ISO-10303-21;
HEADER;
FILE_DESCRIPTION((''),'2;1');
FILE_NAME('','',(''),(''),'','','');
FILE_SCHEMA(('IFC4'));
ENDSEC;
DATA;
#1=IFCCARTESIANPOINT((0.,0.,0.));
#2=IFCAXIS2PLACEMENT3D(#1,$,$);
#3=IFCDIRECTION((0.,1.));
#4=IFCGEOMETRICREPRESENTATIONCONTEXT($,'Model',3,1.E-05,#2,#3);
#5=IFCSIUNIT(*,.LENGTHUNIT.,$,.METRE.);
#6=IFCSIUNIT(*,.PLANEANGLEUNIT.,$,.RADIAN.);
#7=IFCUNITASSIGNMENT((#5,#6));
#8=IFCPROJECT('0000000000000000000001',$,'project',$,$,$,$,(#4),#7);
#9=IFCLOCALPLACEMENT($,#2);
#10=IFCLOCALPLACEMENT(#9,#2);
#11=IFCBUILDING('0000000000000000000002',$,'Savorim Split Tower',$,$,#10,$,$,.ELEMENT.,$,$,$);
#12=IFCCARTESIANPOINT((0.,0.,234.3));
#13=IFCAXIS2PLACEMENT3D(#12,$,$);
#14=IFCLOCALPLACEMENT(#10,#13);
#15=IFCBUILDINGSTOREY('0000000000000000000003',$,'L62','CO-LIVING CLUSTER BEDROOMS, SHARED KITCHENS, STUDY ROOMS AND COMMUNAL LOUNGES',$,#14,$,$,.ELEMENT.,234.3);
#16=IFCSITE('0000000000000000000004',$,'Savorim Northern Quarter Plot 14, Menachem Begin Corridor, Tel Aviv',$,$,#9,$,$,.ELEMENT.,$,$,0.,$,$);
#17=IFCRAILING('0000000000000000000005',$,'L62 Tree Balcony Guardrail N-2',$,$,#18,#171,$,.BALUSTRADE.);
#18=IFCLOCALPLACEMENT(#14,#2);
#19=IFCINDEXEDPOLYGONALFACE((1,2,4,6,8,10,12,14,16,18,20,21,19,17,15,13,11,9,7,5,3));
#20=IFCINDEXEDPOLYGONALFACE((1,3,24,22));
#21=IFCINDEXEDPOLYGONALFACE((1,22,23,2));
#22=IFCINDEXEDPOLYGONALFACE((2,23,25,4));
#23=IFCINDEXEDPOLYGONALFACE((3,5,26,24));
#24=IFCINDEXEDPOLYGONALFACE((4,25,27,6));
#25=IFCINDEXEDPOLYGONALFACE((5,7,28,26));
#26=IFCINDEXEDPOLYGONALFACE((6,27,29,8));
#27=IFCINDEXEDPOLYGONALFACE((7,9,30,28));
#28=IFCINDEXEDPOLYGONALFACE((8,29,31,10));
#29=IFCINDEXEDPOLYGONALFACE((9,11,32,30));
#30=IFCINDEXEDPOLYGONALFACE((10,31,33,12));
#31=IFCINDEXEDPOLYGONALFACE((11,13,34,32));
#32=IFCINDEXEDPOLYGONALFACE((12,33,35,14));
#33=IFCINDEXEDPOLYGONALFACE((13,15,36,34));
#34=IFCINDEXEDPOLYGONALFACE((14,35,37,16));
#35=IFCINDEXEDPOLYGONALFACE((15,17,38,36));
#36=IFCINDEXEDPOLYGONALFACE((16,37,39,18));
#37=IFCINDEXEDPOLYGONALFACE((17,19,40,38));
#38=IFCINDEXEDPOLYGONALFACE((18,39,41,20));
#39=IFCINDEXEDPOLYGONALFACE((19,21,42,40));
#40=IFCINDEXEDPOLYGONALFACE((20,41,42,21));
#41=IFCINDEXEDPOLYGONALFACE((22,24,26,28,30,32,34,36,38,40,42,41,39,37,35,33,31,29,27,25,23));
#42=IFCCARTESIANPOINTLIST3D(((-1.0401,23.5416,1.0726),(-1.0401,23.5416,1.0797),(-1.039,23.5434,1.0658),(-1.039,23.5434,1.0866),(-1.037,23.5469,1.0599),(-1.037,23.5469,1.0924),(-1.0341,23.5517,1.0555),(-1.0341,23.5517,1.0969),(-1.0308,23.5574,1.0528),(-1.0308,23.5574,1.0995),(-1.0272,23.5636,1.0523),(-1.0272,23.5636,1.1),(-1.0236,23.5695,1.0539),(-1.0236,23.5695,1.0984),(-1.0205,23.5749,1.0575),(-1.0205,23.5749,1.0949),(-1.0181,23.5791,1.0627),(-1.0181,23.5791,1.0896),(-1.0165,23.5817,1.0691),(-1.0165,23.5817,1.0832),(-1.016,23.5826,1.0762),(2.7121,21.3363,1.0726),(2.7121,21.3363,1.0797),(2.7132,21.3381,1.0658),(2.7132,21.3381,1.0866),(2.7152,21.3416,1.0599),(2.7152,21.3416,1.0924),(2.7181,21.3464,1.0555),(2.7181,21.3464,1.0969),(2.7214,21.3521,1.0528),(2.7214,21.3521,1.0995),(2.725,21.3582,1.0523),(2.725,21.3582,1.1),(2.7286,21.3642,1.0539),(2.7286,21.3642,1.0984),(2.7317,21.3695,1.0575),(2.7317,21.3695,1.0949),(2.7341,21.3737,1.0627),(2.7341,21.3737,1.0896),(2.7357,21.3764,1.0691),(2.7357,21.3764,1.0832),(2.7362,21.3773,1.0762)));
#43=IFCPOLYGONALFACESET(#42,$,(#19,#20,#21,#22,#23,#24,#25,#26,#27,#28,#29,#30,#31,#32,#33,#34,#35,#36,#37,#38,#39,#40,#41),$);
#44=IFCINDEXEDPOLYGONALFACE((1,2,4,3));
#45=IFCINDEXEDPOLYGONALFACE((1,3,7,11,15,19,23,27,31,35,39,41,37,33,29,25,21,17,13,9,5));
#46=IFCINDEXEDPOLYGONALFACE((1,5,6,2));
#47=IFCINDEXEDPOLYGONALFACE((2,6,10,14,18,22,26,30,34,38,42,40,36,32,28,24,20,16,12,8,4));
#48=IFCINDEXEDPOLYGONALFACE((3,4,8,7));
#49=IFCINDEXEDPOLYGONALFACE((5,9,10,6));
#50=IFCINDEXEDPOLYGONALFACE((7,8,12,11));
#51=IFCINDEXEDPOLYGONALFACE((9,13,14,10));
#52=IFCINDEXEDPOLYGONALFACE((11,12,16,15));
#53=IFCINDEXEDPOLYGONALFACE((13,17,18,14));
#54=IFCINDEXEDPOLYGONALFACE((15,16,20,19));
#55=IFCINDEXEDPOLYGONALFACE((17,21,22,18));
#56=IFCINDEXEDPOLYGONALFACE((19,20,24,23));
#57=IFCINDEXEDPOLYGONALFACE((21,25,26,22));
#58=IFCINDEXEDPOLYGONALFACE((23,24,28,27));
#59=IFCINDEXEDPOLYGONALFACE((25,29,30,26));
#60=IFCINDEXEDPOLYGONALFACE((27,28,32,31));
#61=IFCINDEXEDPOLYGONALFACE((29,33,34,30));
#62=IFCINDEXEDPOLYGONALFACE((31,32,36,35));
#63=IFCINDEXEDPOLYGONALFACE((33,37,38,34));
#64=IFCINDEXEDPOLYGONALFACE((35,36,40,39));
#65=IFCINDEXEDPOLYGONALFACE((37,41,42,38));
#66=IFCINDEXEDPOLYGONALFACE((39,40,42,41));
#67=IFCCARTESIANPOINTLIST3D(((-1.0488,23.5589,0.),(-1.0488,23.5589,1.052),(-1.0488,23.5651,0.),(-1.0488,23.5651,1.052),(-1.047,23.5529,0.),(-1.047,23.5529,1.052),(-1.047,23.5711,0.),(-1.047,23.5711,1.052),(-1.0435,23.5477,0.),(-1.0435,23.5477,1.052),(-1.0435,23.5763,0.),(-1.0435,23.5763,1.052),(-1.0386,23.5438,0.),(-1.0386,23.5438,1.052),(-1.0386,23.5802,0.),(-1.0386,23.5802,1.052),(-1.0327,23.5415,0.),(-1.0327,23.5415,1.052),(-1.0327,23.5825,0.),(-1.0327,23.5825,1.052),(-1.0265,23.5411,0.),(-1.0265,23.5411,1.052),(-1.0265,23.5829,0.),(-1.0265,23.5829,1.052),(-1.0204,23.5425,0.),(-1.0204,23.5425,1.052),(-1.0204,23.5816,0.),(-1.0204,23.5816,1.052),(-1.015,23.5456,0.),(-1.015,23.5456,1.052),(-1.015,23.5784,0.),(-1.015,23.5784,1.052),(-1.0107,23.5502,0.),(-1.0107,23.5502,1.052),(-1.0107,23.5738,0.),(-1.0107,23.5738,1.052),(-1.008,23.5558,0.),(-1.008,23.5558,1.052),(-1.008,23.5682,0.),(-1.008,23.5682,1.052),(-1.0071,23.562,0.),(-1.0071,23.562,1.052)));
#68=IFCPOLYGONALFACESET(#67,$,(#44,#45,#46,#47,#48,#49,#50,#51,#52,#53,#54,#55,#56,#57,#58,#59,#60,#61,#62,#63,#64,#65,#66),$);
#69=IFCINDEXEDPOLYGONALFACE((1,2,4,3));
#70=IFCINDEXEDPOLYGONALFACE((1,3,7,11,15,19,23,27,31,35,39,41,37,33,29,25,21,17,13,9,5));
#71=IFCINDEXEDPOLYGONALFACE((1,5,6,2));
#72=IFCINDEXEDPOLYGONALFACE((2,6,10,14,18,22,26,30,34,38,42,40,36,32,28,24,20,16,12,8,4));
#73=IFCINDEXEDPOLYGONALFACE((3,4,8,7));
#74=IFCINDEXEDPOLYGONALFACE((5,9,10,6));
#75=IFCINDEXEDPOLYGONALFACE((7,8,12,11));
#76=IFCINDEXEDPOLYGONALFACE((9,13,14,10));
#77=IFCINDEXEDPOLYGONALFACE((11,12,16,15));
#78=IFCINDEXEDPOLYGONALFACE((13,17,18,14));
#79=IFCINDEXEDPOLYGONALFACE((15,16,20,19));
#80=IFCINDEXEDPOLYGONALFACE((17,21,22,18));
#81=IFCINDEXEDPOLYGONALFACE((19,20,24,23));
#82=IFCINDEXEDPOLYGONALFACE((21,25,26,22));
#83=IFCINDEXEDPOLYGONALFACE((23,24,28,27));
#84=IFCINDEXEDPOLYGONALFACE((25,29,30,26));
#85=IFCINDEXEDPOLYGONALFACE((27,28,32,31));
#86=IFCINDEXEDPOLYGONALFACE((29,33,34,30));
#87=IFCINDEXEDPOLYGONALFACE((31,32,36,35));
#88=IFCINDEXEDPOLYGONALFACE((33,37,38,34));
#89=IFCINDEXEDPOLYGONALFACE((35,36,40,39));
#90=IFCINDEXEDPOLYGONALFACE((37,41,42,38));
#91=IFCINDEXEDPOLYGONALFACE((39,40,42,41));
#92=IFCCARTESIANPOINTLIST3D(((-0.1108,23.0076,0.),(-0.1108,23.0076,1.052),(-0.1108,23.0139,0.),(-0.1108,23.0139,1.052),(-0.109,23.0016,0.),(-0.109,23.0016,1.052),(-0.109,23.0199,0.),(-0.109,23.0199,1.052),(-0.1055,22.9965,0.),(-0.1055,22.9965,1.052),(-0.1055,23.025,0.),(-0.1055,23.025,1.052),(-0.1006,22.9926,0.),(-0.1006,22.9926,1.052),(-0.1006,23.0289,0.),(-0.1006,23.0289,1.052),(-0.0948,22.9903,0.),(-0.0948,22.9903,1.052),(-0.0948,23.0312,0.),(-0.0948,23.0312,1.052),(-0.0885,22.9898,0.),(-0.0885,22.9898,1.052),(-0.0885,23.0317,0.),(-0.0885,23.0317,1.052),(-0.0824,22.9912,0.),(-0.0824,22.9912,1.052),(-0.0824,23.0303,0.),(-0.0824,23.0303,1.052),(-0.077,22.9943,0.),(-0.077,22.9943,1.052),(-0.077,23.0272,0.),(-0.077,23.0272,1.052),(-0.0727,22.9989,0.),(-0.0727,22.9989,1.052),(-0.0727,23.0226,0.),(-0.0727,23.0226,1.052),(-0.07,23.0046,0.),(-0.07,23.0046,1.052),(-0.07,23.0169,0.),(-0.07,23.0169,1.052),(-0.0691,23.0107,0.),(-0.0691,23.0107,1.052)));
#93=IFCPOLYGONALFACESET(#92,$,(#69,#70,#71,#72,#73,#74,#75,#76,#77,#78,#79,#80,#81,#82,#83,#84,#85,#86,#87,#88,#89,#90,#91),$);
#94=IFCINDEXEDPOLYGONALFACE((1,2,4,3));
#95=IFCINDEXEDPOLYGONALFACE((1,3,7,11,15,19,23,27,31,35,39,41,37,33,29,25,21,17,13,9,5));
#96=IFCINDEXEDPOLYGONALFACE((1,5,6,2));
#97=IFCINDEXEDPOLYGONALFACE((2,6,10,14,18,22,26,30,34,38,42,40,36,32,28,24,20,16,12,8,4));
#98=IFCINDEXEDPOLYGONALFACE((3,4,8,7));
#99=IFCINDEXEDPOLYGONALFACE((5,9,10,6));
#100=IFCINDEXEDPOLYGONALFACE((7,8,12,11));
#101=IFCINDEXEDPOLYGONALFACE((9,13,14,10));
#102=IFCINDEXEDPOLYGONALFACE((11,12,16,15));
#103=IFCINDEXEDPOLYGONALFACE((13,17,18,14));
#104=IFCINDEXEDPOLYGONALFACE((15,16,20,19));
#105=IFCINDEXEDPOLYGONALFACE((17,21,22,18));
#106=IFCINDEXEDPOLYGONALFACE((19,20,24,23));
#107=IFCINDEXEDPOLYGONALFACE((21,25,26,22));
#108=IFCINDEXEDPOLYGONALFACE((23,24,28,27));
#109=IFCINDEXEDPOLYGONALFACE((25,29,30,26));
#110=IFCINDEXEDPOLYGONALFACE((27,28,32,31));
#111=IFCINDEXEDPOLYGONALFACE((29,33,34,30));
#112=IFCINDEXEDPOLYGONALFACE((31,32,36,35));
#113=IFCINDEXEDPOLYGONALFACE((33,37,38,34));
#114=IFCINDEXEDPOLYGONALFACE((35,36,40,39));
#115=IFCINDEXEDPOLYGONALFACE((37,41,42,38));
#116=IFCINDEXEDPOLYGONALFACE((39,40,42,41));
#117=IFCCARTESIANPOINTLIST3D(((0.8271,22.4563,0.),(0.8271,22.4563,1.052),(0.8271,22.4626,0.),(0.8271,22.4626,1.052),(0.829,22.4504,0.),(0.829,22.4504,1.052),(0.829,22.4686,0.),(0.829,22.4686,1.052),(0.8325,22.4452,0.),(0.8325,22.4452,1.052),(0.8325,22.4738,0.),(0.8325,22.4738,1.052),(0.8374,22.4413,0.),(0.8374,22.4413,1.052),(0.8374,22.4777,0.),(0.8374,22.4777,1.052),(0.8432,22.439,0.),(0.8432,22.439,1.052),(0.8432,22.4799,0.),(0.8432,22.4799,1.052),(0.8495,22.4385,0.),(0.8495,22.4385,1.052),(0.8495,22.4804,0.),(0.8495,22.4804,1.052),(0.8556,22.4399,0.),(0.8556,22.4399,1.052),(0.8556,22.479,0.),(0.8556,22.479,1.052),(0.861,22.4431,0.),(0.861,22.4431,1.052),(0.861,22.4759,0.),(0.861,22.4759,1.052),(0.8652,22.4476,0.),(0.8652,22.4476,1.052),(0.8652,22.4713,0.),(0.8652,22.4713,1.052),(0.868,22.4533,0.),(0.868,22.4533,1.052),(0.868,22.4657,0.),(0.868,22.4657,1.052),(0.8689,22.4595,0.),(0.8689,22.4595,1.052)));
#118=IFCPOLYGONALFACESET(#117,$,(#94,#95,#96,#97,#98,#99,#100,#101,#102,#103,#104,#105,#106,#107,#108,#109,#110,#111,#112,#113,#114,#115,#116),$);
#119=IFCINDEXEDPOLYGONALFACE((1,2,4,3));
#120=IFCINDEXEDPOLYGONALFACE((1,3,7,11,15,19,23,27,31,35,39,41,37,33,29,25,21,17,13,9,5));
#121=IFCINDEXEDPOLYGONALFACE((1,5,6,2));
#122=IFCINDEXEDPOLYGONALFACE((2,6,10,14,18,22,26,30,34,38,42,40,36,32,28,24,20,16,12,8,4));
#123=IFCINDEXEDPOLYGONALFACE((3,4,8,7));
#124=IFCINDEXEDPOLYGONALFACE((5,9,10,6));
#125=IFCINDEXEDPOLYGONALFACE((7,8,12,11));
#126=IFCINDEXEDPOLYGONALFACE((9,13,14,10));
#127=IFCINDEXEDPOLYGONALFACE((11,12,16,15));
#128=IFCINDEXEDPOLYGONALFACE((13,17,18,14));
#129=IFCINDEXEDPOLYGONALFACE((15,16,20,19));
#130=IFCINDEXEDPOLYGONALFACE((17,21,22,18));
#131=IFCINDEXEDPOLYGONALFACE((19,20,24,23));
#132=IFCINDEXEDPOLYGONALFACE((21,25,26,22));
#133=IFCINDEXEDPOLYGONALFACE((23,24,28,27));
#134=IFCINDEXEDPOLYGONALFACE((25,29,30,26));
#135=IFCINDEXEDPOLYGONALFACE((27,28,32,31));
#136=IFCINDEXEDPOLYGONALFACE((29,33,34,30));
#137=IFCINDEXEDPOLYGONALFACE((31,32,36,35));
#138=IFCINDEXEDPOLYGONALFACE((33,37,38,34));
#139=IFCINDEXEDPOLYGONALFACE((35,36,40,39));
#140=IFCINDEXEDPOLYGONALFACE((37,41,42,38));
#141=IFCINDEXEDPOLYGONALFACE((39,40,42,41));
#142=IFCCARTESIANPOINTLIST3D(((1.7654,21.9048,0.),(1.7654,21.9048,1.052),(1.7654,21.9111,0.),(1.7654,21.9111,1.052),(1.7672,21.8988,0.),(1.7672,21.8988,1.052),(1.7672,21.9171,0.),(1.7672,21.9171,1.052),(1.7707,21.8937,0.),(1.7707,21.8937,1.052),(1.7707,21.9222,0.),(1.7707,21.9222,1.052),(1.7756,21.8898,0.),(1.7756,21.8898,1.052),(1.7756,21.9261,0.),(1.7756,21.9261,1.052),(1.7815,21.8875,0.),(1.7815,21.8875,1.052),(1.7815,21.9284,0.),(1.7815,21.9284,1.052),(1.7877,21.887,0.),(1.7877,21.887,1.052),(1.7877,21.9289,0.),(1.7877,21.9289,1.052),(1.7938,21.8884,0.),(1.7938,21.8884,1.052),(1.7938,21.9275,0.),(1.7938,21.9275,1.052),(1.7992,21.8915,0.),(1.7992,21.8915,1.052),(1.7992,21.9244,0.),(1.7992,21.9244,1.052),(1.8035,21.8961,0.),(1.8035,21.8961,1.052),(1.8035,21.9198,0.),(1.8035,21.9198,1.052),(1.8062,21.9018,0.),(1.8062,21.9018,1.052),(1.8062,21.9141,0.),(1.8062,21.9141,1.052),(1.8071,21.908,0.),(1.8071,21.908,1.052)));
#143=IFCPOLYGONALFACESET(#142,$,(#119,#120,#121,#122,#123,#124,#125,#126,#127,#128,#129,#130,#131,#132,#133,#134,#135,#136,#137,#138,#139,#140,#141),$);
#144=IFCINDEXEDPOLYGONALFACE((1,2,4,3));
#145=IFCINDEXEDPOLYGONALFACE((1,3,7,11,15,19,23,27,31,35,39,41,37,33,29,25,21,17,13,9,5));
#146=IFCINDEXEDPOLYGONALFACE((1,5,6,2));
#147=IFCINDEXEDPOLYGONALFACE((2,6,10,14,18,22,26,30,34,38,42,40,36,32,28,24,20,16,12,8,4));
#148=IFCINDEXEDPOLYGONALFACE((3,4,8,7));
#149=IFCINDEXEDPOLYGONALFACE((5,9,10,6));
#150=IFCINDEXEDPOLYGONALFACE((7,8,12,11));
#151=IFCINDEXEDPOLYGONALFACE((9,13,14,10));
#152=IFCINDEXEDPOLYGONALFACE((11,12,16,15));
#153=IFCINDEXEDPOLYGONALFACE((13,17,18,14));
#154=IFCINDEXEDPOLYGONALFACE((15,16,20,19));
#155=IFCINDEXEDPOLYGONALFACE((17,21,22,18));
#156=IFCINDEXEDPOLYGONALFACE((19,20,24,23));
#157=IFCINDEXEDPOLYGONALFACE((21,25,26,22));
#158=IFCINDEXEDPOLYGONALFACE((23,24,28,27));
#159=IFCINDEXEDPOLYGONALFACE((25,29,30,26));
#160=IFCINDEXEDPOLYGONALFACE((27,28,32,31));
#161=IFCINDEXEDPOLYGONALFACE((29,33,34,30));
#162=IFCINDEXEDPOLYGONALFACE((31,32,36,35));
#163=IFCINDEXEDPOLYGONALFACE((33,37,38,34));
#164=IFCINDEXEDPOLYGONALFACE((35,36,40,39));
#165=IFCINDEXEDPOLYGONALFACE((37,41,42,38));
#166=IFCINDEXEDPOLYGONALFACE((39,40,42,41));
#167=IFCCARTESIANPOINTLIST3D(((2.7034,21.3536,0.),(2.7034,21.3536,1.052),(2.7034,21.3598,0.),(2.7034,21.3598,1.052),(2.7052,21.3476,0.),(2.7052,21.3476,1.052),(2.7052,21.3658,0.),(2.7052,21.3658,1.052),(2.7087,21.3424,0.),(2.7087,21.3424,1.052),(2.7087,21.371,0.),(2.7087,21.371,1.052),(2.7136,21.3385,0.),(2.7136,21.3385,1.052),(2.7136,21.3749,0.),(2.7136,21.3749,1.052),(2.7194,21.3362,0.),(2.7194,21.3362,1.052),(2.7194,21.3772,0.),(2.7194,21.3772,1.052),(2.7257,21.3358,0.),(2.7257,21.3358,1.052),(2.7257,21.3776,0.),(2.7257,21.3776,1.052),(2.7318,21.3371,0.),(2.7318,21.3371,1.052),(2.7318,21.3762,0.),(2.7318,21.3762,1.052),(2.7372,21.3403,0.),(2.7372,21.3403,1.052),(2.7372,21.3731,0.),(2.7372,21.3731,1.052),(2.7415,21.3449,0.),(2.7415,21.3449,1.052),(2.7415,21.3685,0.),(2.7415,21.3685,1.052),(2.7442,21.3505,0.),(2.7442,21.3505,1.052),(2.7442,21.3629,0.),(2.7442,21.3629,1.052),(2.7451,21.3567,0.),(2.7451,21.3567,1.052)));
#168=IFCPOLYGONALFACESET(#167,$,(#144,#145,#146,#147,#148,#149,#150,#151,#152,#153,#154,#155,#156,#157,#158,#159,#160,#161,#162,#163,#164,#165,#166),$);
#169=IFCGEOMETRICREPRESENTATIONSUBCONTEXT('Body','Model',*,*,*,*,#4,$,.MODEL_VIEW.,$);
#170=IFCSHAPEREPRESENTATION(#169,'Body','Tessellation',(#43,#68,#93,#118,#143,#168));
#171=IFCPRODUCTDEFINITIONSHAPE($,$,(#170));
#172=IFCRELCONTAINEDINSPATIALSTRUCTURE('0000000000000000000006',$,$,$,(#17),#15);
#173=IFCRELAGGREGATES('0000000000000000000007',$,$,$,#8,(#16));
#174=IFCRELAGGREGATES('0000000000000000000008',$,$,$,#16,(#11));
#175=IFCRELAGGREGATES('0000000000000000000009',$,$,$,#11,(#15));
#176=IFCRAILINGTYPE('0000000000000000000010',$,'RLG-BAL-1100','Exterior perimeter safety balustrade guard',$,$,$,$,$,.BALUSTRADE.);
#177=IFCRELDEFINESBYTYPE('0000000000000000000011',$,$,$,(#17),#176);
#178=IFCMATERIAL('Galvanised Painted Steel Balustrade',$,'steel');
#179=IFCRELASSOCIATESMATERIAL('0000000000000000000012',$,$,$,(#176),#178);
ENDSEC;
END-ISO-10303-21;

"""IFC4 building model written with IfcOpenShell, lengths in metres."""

from ifc_helpers import new_model, si_unit, direction, frame, origin, origin_2d, place, context, subcontext, project, spatial, circle, extrude, material, type_object, element, save


model = new_model("IFC4")

# Units and contexts
model_context = context("Model", 3, precision=1e-05, world=origin(), true_north=direction((0.0, 1.0)))
body_context = subcontext(model_context, "Body", "Model", "MODEL_VIEW")
ifc_project = project(units=[si_unit("LENGTHUNIT", "METRE"), si_unit("PLANEANGLEUNIT", "RADIAN")], contexts=[model_context])

# Site, building, storey
site_placement = place(None, origin())
site = spatial("IfcSite", under=ifc_project, at=site_placement, Name="Savorim Northern Quarter Plot 14, Menachem Begin Corridor, Tel Aviv", CompositionType="ELEMENT", RefElevation=0.0)
building_placement = place(site_placement, origin())
building = spatial("IfcBuilding", under=site, at=building_placement, Name="Savorim Split Tower", CompositionType="ELEMENT")
storey_placement = place(building_placement, frame((0.0, 0.0, 234.3)))
storey = spatial("IfcBuildingStorey", under=building, at=storey_placement, Name="L62", Description="CO-LIVING CLUSTER BEDROOMS, SHARED KITCHENS, STUDY ROOMS AND COMMUNAL LOUNGES", CompositionType="ELEMENT", Elevation=234.3)

# Railing
ifc_material_1 = material(Name="Galvanised Painted Steel Balustrade", Category="steel")
railing_type = type_object("IfcRailingType", Name="RLG-BAL-1100", Description="Exterior perimeter safety balustrade guard", PredefinedType="BALUSTRADE", material=ifc_material_1)
railing_1_placement = place(storey_placement, frame((-1.0281, 23.562, 0.0)))
element("IfcRailing", 1, at=railing_1_placement, inside=storey, type_object=railing_type, Name="L62 Tree Balcony Guardrail N-2", PredefinedType="BALUSTRADE", context=body_context, shape_type="SweptSolid", body=[
    extrude(circle(Radius=0.0239, at=origin_2d()), frame((0.0, 0.0, 1.0762), z_axis=(0.86212, -0.506704, 0.0), x_axis=(0.506704, 0.86212, 0.0)), (0.0, 0.0, 1.0), 4.3523),
    extrude(circle(Radius=0.021, at=origin_2d()), origin(), (0.0, 0.0, 1.0), 1.052),
    extrude(circle(Radius=0.021, at=origin_2d()), frame((0.938, -0.5513, 0.0)), (0.0, 0.0, 1.0), 1.052),
    extrude(circle(Radius=0.021, at=origin_2d()), frame((1.876, -1.1025, 0.0)), (0.0, 0.0, 1.0), 1.052),
    extrude(circle(Radius=0.021, at=origin_2d()), frame((2.8142, -1.6541, 0.0)), (0.0, 0.0, 1.0), 1.052),
    extrude(circle(Radius=0.021, at=origin_2d()), frame((3.7522, -2.2053, 0.0)), (0.0, 0.0, 1.0), 1.052),
])

save(model, "model.ifc")
